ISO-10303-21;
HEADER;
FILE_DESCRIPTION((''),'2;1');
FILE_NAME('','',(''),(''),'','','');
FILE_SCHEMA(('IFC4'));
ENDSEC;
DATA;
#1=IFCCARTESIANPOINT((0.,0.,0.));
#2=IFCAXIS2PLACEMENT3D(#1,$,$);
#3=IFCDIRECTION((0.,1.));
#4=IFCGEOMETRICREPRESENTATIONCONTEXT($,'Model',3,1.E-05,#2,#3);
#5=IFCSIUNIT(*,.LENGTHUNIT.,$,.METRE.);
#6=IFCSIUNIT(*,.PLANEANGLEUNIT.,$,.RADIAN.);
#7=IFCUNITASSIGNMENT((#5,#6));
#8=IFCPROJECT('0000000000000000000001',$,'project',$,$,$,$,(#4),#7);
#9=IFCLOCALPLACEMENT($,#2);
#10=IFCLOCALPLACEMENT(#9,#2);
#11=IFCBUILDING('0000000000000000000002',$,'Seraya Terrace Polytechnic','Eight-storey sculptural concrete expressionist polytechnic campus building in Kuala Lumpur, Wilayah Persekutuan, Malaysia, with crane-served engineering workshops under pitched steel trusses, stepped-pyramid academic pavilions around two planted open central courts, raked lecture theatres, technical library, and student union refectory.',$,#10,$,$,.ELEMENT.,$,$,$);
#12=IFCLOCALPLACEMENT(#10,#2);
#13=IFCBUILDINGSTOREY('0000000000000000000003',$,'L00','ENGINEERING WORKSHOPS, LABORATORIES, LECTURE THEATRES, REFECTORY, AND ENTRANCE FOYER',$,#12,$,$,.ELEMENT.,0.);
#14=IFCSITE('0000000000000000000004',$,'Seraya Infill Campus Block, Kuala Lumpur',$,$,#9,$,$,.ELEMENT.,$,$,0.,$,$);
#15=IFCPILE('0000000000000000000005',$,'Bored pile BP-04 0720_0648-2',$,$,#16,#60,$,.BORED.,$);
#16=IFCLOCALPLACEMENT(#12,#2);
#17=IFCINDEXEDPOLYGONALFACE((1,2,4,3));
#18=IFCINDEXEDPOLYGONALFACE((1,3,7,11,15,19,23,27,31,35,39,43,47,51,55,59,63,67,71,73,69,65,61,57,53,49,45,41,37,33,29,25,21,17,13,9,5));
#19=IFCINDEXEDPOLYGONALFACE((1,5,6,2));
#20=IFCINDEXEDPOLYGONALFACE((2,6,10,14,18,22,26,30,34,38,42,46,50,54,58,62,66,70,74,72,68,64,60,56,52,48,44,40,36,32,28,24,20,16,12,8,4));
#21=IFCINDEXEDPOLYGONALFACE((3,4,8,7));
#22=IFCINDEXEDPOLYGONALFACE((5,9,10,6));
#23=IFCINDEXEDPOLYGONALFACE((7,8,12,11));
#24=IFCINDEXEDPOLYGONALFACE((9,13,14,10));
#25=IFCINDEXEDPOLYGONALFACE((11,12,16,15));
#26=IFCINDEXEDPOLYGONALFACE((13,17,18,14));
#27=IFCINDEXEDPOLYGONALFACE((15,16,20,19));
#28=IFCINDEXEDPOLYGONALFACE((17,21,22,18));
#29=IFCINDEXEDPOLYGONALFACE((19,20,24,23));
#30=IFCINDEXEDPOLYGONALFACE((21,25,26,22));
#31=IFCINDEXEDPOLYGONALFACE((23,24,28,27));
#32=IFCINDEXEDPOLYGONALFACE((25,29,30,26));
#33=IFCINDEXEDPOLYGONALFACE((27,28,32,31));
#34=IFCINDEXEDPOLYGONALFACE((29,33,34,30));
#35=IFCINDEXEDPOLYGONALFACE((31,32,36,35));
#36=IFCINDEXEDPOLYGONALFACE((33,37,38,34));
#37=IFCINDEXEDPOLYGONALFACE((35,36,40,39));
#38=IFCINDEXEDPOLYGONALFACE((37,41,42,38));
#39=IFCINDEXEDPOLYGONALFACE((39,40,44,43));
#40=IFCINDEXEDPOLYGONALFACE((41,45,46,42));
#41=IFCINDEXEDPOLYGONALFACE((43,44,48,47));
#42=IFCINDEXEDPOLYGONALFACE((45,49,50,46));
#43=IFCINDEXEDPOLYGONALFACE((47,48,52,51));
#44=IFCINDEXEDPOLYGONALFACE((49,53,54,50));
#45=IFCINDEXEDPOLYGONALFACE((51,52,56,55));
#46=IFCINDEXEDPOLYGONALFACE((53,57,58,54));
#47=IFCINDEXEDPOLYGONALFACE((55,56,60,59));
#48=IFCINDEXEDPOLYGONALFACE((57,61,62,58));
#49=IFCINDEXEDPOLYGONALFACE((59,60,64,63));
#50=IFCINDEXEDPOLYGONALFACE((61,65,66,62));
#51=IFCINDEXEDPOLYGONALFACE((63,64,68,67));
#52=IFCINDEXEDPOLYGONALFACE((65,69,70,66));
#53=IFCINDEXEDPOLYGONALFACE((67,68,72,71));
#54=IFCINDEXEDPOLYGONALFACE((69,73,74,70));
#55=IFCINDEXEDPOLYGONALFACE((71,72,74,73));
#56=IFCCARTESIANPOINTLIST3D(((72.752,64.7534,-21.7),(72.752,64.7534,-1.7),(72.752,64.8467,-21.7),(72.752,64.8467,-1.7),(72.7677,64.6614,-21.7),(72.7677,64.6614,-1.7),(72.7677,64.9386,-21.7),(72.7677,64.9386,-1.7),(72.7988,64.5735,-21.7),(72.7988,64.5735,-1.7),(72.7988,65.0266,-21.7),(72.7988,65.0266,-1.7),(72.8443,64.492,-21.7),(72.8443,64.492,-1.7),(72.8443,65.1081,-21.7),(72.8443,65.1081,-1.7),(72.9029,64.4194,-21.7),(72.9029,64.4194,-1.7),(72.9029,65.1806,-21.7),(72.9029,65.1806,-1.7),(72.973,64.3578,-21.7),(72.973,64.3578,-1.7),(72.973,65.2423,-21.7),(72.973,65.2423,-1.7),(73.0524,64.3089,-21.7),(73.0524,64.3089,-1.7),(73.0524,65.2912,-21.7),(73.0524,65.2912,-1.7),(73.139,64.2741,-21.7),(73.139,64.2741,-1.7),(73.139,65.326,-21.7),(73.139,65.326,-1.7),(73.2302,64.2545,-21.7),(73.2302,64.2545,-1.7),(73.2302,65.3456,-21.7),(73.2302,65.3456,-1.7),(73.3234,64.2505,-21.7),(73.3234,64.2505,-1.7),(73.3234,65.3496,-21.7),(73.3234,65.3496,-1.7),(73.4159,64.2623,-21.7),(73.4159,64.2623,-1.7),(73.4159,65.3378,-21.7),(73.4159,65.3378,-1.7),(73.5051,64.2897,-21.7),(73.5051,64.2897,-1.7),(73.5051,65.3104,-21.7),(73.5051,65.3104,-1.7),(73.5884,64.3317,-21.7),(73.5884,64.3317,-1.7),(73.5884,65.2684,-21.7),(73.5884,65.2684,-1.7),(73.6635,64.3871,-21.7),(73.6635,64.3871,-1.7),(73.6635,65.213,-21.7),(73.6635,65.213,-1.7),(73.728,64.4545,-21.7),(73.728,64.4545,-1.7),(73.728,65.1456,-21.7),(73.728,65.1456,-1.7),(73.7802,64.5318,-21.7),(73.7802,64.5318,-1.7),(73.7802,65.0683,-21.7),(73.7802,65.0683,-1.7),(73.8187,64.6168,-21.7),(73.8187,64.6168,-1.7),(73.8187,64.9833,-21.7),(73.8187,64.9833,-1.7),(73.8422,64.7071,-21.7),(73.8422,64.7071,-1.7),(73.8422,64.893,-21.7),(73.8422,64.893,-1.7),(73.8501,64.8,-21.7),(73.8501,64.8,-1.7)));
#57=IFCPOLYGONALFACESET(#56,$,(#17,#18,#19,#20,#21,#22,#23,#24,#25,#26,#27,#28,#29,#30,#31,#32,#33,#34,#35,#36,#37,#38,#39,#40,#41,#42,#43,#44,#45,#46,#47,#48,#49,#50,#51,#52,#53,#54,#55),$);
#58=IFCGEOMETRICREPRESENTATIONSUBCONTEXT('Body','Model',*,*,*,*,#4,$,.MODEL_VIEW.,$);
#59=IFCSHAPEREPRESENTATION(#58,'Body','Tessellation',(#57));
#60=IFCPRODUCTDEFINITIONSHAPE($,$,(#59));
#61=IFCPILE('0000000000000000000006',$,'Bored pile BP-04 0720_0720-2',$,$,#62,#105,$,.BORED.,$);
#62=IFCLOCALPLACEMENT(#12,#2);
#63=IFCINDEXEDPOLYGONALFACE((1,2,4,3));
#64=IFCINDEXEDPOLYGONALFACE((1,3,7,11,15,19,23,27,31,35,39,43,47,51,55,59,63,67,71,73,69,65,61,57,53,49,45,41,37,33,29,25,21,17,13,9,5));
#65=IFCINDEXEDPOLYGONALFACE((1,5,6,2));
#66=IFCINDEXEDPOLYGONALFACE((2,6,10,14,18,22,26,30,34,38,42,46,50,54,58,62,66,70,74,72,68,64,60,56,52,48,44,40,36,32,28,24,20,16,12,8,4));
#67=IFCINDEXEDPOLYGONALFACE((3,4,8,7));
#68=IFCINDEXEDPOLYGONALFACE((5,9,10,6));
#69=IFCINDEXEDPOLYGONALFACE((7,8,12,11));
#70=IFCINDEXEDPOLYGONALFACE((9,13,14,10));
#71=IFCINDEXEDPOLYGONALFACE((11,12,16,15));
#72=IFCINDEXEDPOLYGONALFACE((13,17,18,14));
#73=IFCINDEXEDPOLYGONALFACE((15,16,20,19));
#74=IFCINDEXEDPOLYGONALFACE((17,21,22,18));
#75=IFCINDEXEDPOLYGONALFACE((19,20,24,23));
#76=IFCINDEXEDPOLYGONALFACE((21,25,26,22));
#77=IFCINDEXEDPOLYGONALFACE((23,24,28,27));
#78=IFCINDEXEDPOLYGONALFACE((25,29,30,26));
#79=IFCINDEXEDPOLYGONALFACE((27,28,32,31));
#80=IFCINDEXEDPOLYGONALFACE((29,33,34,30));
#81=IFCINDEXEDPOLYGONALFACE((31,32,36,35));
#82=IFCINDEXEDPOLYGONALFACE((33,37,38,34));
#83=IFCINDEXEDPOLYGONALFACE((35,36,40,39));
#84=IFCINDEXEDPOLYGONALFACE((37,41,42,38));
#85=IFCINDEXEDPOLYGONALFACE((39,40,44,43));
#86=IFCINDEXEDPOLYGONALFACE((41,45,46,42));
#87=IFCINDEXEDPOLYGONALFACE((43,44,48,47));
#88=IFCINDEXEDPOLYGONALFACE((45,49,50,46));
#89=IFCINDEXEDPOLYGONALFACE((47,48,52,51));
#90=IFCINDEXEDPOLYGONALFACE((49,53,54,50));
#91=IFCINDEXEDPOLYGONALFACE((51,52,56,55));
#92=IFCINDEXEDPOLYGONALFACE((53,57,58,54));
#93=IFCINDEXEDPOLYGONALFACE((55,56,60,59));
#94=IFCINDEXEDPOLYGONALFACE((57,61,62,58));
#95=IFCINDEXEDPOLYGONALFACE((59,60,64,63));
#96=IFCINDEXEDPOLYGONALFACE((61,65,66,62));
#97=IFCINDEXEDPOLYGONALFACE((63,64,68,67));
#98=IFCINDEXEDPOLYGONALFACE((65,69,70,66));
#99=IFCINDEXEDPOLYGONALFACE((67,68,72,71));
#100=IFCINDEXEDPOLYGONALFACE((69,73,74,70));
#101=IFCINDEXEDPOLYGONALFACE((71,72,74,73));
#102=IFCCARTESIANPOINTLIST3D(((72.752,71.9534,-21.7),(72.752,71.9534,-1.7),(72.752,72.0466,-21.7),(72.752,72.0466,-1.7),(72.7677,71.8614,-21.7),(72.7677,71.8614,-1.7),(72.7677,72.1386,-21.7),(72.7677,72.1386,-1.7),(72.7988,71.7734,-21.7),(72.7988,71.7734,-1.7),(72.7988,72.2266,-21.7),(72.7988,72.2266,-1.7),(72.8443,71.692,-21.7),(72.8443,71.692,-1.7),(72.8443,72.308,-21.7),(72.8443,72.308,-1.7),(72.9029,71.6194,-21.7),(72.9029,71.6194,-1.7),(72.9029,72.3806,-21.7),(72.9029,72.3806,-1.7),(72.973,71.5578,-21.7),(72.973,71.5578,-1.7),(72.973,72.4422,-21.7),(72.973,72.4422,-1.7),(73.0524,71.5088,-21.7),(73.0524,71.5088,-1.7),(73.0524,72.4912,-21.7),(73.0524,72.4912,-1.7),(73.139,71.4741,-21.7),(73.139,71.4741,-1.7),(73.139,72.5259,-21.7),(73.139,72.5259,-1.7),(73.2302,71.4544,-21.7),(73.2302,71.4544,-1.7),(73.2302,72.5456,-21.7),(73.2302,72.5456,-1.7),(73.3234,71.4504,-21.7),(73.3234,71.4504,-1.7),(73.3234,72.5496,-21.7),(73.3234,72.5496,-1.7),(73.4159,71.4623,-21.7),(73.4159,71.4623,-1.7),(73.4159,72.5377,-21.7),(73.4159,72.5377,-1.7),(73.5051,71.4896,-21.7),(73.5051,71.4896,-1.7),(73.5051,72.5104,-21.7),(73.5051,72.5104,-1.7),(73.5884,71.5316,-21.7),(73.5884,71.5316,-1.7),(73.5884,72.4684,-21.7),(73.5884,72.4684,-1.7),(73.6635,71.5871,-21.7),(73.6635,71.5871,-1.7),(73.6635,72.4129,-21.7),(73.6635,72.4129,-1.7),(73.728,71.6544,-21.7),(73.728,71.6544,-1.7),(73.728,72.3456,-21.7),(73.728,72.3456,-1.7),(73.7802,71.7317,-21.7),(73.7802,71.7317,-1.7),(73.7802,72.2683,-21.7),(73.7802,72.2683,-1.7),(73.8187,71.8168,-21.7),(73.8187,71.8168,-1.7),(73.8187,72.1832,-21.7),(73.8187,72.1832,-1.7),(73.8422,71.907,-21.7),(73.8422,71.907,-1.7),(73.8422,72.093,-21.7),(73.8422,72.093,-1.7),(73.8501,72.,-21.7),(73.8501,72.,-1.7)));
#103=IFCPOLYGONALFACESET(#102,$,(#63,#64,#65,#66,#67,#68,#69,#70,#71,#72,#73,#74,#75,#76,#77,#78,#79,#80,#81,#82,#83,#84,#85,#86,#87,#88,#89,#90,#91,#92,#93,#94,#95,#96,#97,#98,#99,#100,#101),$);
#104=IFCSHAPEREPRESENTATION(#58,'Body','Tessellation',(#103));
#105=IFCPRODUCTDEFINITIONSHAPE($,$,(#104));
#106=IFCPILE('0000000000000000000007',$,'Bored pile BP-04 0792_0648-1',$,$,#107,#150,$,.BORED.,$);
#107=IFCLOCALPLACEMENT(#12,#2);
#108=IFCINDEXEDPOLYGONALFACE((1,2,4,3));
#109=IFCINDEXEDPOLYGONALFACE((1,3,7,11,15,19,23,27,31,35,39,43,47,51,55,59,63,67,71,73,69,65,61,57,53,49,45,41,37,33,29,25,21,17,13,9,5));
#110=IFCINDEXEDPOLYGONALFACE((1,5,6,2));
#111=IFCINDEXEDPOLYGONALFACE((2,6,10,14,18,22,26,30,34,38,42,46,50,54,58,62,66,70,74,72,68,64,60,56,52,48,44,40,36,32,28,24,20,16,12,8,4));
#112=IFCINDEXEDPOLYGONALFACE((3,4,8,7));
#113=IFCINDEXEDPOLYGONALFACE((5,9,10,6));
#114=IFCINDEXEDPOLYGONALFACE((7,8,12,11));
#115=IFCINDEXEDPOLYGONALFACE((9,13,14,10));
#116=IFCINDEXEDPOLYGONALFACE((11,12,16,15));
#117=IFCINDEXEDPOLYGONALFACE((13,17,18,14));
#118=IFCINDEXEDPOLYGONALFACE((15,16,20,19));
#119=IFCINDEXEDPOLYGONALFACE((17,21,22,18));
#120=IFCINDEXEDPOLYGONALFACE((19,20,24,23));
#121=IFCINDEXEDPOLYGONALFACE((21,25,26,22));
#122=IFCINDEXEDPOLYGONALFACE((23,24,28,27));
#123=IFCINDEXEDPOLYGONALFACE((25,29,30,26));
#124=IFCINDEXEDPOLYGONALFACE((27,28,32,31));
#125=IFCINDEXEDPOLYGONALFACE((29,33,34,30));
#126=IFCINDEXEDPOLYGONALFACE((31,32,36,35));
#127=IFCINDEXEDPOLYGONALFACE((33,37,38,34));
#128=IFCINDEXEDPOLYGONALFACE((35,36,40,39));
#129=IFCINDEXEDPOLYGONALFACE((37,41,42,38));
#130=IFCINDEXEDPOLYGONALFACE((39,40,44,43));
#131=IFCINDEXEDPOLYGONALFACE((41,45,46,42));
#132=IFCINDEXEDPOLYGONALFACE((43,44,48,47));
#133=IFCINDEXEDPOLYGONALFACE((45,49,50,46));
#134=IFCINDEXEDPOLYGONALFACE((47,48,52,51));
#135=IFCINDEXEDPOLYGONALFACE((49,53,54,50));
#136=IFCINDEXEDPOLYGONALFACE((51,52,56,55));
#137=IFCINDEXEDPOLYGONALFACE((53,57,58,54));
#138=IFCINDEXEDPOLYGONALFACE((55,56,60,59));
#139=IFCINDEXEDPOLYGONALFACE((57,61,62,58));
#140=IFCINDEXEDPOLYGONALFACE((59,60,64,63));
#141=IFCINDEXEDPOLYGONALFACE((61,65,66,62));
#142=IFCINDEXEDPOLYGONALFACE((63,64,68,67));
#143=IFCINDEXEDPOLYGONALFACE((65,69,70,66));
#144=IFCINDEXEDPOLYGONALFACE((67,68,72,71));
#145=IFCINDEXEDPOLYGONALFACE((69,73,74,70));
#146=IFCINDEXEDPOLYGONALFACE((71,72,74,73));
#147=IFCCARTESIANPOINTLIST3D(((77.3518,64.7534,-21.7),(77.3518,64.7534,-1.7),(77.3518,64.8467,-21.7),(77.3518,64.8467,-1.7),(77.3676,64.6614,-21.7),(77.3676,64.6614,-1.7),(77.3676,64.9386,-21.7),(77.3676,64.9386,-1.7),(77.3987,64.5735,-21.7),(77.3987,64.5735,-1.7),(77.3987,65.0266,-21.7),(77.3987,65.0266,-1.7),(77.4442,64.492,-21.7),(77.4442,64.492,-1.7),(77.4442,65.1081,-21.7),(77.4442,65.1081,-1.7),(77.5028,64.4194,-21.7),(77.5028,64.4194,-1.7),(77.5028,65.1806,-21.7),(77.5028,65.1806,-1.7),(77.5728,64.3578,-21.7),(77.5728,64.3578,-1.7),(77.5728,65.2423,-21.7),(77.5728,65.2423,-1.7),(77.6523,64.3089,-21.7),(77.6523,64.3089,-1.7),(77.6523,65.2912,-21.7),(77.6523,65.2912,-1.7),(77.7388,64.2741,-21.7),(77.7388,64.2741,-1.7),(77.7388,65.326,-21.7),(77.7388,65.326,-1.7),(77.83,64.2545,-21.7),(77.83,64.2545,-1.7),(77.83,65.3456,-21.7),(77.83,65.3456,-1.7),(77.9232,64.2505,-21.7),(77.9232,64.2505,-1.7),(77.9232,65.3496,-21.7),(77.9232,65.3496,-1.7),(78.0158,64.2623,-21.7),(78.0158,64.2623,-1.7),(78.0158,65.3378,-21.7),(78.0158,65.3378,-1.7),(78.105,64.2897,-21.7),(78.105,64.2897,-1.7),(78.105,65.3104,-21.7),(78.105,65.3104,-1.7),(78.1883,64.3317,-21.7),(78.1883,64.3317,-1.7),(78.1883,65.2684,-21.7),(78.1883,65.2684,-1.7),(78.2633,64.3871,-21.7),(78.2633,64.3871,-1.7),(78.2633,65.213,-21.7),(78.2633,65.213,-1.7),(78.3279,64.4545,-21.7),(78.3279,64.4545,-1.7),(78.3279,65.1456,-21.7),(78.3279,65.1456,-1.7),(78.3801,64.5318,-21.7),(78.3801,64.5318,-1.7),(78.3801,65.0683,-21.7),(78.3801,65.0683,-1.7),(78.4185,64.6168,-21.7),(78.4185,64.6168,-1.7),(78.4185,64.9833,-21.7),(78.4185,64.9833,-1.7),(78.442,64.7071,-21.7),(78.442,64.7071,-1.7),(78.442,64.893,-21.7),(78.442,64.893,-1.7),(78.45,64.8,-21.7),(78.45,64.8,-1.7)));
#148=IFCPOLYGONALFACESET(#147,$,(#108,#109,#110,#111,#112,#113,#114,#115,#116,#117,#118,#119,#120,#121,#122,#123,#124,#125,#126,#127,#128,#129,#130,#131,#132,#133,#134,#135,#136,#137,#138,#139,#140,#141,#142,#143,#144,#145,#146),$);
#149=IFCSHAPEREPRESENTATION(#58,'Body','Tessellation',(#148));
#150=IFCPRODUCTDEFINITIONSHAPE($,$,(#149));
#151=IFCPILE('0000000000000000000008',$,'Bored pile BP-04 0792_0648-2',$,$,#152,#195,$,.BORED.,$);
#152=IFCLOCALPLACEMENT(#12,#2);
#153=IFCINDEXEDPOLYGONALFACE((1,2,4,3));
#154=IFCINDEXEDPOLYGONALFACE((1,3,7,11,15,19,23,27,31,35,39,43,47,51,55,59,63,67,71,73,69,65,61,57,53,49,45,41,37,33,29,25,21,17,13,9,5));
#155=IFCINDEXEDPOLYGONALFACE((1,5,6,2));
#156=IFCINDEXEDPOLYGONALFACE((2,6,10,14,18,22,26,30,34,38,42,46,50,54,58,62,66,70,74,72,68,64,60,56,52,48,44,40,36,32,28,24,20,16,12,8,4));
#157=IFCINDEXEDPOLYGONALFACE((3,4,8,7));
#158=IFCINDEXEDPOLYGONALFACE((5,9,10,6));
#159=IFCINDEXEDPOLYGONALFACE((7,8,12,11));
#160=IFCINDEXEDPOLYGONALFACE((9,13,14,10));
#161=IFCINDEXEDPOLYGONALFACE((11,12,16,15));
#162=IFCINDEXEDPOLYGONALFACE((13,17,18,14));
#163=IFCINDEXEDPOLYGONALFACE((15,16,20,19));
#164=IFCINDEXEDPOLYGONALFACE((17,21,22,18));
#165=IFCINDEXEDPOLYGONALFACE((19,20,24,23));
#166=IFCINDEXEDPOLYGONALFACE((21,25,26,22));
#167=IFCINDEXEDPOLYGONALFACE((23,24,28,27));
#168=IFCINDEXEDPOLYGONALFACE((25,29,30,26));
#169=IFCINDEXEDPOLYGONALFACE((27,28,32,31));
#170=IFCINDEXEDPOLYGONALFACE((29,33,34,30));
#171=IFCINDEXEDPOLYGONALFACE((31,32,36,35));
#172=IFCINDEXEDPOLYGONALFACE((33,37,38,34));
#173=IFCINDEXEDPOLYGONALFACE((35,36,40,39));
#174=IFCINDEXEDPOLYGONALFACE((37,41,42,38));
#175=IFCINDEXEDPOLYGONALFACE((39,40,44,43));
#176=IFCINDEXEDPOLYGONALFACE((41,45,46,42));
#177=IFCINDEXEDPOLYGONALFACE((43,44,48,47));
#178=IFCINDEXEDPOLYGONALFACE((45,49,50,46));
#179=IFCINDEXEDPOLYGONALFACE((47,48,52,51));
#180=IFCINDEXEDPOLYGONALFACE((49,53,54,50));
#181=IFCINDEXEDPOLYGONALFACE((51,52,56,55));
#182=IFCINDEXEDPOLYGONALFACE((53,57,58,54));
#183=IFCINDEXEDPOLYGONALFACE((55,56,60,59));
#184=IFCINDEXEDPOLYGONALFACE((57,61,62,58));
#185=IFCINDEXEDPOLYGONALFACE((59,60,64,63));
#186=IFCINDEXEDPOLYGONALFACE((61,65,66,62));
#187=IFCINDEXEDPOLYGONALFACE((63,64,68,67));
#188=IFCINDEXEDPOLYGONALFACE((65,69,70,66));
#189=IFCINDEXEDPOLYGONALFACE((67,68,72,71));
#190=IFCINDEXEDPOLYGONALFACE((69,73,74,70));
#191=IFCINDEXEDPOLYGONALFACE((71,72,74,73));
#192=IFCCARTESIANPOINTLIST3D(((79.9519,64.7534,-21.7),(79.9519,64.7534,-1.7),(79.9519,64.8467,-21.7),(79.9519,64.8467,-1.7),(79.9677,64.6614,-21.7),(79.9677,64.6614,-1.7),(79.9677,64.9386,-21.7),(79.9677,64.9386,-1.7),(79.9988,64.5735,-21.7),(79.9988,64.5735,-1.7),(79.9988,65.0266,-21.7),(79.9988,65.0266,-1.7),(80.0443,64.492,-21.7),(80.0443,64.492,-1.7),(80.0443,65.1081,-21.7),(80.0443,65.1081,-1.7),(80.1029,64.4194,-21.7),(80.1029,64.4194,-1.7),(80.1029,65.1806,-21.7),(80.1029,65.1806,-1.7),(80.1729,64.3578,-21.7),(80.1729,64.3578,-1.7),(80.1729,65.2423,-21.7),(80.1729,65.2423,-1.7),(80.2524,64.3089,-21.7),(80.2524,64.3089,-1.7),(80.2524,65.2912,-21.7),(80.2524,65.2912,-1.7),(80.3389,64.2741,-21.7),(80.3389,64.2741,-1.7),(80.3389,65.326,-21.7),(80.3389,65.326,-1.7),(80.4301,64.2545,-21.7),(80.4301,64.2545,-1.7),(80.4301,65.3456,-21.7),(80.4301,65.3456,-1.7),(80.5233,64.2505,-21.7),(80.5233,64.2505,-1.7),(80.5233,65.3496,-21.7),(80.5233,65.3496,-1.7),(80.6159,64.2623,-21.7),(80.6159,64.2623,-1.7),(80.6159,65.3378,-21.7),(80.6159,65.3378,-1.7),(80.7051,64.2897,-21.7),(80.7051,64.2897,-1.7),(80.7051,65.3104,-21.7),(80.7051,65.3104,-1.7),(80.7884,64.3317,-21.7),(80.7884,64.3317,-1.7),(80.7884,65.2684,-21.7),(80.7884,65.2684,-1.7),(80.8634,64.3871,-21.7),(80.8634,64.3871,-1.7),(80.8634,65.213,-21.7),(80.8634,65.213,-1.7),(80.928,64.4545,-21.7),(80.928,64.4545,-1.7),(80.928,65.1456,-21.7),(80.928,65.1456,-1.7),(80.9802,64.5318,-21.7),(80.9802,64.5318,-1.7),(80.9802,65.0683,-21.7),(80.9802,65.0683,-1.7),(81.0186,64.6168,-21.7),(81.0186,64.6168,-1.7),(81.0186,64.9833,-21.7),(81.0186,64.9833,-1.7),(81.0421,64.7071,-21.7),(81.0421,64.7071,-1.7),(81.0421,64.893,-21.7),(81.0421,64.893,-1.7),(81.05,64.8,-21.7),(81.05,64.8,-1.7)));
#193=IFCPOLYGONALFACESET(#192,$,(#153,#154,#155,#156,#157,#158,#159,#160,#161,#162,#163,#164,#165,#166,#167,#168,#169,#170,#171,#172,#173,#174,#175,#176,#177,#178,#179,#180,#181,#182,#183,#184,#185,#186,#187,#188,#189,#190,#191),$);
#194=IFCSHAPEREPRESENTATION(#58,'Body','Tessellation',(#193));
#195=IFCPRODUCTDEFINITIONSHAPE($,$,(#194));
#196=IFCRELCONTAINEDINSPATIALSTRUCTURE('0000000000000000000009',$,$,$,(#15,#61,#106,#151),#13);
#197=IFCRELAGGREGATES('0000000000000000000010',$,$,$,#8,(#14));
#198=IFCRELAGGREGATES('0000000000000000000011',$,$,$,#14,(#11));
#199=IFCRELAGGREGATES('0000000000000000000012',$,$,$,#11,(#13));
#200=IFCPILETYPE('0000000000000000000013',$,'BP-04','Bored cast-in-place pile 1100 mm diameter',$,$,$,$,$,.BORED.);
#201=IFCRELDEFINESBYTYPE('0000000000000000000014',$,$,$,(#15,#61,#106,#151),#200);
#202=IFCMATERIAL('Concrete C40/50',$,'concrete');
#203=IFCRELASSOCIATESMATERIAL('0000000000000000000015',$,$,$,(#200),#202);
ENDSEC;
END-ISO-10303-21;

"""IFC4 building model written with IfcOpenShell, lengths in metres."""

from ifc_helpers import new_model, si_unit, direction, frame, origin, origin_2d, place, context, subcontext, project, spatial, circle, extrude, material, material_profile, profile_set, type_object, element, save


model = new_model("IFC4")

# Units and contexts
model_context = context("Model", 3, precision=1e-05, world=origin(), true_north=direction((0.0, 1.0)))
body_context = subcontext(model_context, "Body", "Model", "MODEL_VIEW")
ifc_project = project(units=[si_unit("LENGTHUNIT", "METRE"), si_unit("PLANEANGLEUNIT", "RADIAN")], contexts=[model_context])

# Site, building, storey
site_placement = place(None, origin())
site = spatial("IfcSite", under=ifc_project, at=site_placement, Name="Seraya Infill Campus Block, Kuala Lumpur", CompositionType="ELEMENT", RefElevation=0.0)
building_placement = place(site_placement, origin())
building = spatial("IfcBuilding", under=site, at=building_placement, Name="Seraya Terrace Polytechnic", Description="Eight-storey sculptural concrete expressionist polytechnic campus building in Kuala Lumpur, Wilayah Persekutuan, Malaysia, with crane-served engineering workshops under pitched steel trusses, stepped-pyramid academic pavilions around two planted open central courts, raked lecture theatres, technical library, and student union refectory.", CompositionType="ELEMENT")
storey_placement = place(building_placement, origin())
storey = spatial("IfcBuildingStorey", under=building, at=storey_placement, Name="L00", Description="ENGINEERING WORKSHOPS, LABORATORIES, LECTURE THEATRES, REFECTORY, AND ENTRANCE FOYER", CompositionType="ELEMENT", Elevation=0.0)

# Piles
ifc_material_1 = material(Name="Concrete C40/50", Category="concrete")
ifc_material_profile_1 = material_profile(ifc_material_1, circle(Radius=0.55, at=origin_2d()), Name="DIA 1100")
ifc_profile_set_1 = profile_set([ifc_material_profile_1], Name="Concrete C40/50")
pile_type = type_object("IfcPileType", Name="BP-04", Description="Bored cast-in-place pile 1100 mm diameter", PredefinedType="BORED", material=ifc_profile_set_1)
for number, where, z_axis, x_axis, name in (
    (1, (73.3, 64.8, -1.7), (0.0, 0.0, -1.0), (1.0, 0.0, 0.0), "Bored pile BP-04 0720_0648-2"),
    (2, (73.3, 72.0, -1.7), (0.0, 0.0, -1.0), (1.0, 0.0, 0.0), "Bored pile BP-04 0720_0720-2"),
    (3, (77.8999, 64.8, -1.7), (0.0, 0.0, -1.0), (1.0, 0.0, 0.0), "Bored pile BP-04 0792_0648-1"),
    (4, (80.5, 64.8, -1.7), (0.0, 0.0, -1.0), (1.0, 0.0, 0.0), "Bored pile BP-04 0792_0648-2"),
):
    element("IfcPile", number, at=place(storey_placement, frame(where, z_axis=z_axis, x_axis=x_axis)), inside=storey, type_object=pile_type, Name=name, PredefinedType="BORED", context=body_context, shape_type="SweptSolid", body=[
        extrude(circle(Radius=0.55, at=origin_2d()), origin(), (0.0, 0.0, 1.0), 20.0),
    ])

save(model, "model.ifc")
